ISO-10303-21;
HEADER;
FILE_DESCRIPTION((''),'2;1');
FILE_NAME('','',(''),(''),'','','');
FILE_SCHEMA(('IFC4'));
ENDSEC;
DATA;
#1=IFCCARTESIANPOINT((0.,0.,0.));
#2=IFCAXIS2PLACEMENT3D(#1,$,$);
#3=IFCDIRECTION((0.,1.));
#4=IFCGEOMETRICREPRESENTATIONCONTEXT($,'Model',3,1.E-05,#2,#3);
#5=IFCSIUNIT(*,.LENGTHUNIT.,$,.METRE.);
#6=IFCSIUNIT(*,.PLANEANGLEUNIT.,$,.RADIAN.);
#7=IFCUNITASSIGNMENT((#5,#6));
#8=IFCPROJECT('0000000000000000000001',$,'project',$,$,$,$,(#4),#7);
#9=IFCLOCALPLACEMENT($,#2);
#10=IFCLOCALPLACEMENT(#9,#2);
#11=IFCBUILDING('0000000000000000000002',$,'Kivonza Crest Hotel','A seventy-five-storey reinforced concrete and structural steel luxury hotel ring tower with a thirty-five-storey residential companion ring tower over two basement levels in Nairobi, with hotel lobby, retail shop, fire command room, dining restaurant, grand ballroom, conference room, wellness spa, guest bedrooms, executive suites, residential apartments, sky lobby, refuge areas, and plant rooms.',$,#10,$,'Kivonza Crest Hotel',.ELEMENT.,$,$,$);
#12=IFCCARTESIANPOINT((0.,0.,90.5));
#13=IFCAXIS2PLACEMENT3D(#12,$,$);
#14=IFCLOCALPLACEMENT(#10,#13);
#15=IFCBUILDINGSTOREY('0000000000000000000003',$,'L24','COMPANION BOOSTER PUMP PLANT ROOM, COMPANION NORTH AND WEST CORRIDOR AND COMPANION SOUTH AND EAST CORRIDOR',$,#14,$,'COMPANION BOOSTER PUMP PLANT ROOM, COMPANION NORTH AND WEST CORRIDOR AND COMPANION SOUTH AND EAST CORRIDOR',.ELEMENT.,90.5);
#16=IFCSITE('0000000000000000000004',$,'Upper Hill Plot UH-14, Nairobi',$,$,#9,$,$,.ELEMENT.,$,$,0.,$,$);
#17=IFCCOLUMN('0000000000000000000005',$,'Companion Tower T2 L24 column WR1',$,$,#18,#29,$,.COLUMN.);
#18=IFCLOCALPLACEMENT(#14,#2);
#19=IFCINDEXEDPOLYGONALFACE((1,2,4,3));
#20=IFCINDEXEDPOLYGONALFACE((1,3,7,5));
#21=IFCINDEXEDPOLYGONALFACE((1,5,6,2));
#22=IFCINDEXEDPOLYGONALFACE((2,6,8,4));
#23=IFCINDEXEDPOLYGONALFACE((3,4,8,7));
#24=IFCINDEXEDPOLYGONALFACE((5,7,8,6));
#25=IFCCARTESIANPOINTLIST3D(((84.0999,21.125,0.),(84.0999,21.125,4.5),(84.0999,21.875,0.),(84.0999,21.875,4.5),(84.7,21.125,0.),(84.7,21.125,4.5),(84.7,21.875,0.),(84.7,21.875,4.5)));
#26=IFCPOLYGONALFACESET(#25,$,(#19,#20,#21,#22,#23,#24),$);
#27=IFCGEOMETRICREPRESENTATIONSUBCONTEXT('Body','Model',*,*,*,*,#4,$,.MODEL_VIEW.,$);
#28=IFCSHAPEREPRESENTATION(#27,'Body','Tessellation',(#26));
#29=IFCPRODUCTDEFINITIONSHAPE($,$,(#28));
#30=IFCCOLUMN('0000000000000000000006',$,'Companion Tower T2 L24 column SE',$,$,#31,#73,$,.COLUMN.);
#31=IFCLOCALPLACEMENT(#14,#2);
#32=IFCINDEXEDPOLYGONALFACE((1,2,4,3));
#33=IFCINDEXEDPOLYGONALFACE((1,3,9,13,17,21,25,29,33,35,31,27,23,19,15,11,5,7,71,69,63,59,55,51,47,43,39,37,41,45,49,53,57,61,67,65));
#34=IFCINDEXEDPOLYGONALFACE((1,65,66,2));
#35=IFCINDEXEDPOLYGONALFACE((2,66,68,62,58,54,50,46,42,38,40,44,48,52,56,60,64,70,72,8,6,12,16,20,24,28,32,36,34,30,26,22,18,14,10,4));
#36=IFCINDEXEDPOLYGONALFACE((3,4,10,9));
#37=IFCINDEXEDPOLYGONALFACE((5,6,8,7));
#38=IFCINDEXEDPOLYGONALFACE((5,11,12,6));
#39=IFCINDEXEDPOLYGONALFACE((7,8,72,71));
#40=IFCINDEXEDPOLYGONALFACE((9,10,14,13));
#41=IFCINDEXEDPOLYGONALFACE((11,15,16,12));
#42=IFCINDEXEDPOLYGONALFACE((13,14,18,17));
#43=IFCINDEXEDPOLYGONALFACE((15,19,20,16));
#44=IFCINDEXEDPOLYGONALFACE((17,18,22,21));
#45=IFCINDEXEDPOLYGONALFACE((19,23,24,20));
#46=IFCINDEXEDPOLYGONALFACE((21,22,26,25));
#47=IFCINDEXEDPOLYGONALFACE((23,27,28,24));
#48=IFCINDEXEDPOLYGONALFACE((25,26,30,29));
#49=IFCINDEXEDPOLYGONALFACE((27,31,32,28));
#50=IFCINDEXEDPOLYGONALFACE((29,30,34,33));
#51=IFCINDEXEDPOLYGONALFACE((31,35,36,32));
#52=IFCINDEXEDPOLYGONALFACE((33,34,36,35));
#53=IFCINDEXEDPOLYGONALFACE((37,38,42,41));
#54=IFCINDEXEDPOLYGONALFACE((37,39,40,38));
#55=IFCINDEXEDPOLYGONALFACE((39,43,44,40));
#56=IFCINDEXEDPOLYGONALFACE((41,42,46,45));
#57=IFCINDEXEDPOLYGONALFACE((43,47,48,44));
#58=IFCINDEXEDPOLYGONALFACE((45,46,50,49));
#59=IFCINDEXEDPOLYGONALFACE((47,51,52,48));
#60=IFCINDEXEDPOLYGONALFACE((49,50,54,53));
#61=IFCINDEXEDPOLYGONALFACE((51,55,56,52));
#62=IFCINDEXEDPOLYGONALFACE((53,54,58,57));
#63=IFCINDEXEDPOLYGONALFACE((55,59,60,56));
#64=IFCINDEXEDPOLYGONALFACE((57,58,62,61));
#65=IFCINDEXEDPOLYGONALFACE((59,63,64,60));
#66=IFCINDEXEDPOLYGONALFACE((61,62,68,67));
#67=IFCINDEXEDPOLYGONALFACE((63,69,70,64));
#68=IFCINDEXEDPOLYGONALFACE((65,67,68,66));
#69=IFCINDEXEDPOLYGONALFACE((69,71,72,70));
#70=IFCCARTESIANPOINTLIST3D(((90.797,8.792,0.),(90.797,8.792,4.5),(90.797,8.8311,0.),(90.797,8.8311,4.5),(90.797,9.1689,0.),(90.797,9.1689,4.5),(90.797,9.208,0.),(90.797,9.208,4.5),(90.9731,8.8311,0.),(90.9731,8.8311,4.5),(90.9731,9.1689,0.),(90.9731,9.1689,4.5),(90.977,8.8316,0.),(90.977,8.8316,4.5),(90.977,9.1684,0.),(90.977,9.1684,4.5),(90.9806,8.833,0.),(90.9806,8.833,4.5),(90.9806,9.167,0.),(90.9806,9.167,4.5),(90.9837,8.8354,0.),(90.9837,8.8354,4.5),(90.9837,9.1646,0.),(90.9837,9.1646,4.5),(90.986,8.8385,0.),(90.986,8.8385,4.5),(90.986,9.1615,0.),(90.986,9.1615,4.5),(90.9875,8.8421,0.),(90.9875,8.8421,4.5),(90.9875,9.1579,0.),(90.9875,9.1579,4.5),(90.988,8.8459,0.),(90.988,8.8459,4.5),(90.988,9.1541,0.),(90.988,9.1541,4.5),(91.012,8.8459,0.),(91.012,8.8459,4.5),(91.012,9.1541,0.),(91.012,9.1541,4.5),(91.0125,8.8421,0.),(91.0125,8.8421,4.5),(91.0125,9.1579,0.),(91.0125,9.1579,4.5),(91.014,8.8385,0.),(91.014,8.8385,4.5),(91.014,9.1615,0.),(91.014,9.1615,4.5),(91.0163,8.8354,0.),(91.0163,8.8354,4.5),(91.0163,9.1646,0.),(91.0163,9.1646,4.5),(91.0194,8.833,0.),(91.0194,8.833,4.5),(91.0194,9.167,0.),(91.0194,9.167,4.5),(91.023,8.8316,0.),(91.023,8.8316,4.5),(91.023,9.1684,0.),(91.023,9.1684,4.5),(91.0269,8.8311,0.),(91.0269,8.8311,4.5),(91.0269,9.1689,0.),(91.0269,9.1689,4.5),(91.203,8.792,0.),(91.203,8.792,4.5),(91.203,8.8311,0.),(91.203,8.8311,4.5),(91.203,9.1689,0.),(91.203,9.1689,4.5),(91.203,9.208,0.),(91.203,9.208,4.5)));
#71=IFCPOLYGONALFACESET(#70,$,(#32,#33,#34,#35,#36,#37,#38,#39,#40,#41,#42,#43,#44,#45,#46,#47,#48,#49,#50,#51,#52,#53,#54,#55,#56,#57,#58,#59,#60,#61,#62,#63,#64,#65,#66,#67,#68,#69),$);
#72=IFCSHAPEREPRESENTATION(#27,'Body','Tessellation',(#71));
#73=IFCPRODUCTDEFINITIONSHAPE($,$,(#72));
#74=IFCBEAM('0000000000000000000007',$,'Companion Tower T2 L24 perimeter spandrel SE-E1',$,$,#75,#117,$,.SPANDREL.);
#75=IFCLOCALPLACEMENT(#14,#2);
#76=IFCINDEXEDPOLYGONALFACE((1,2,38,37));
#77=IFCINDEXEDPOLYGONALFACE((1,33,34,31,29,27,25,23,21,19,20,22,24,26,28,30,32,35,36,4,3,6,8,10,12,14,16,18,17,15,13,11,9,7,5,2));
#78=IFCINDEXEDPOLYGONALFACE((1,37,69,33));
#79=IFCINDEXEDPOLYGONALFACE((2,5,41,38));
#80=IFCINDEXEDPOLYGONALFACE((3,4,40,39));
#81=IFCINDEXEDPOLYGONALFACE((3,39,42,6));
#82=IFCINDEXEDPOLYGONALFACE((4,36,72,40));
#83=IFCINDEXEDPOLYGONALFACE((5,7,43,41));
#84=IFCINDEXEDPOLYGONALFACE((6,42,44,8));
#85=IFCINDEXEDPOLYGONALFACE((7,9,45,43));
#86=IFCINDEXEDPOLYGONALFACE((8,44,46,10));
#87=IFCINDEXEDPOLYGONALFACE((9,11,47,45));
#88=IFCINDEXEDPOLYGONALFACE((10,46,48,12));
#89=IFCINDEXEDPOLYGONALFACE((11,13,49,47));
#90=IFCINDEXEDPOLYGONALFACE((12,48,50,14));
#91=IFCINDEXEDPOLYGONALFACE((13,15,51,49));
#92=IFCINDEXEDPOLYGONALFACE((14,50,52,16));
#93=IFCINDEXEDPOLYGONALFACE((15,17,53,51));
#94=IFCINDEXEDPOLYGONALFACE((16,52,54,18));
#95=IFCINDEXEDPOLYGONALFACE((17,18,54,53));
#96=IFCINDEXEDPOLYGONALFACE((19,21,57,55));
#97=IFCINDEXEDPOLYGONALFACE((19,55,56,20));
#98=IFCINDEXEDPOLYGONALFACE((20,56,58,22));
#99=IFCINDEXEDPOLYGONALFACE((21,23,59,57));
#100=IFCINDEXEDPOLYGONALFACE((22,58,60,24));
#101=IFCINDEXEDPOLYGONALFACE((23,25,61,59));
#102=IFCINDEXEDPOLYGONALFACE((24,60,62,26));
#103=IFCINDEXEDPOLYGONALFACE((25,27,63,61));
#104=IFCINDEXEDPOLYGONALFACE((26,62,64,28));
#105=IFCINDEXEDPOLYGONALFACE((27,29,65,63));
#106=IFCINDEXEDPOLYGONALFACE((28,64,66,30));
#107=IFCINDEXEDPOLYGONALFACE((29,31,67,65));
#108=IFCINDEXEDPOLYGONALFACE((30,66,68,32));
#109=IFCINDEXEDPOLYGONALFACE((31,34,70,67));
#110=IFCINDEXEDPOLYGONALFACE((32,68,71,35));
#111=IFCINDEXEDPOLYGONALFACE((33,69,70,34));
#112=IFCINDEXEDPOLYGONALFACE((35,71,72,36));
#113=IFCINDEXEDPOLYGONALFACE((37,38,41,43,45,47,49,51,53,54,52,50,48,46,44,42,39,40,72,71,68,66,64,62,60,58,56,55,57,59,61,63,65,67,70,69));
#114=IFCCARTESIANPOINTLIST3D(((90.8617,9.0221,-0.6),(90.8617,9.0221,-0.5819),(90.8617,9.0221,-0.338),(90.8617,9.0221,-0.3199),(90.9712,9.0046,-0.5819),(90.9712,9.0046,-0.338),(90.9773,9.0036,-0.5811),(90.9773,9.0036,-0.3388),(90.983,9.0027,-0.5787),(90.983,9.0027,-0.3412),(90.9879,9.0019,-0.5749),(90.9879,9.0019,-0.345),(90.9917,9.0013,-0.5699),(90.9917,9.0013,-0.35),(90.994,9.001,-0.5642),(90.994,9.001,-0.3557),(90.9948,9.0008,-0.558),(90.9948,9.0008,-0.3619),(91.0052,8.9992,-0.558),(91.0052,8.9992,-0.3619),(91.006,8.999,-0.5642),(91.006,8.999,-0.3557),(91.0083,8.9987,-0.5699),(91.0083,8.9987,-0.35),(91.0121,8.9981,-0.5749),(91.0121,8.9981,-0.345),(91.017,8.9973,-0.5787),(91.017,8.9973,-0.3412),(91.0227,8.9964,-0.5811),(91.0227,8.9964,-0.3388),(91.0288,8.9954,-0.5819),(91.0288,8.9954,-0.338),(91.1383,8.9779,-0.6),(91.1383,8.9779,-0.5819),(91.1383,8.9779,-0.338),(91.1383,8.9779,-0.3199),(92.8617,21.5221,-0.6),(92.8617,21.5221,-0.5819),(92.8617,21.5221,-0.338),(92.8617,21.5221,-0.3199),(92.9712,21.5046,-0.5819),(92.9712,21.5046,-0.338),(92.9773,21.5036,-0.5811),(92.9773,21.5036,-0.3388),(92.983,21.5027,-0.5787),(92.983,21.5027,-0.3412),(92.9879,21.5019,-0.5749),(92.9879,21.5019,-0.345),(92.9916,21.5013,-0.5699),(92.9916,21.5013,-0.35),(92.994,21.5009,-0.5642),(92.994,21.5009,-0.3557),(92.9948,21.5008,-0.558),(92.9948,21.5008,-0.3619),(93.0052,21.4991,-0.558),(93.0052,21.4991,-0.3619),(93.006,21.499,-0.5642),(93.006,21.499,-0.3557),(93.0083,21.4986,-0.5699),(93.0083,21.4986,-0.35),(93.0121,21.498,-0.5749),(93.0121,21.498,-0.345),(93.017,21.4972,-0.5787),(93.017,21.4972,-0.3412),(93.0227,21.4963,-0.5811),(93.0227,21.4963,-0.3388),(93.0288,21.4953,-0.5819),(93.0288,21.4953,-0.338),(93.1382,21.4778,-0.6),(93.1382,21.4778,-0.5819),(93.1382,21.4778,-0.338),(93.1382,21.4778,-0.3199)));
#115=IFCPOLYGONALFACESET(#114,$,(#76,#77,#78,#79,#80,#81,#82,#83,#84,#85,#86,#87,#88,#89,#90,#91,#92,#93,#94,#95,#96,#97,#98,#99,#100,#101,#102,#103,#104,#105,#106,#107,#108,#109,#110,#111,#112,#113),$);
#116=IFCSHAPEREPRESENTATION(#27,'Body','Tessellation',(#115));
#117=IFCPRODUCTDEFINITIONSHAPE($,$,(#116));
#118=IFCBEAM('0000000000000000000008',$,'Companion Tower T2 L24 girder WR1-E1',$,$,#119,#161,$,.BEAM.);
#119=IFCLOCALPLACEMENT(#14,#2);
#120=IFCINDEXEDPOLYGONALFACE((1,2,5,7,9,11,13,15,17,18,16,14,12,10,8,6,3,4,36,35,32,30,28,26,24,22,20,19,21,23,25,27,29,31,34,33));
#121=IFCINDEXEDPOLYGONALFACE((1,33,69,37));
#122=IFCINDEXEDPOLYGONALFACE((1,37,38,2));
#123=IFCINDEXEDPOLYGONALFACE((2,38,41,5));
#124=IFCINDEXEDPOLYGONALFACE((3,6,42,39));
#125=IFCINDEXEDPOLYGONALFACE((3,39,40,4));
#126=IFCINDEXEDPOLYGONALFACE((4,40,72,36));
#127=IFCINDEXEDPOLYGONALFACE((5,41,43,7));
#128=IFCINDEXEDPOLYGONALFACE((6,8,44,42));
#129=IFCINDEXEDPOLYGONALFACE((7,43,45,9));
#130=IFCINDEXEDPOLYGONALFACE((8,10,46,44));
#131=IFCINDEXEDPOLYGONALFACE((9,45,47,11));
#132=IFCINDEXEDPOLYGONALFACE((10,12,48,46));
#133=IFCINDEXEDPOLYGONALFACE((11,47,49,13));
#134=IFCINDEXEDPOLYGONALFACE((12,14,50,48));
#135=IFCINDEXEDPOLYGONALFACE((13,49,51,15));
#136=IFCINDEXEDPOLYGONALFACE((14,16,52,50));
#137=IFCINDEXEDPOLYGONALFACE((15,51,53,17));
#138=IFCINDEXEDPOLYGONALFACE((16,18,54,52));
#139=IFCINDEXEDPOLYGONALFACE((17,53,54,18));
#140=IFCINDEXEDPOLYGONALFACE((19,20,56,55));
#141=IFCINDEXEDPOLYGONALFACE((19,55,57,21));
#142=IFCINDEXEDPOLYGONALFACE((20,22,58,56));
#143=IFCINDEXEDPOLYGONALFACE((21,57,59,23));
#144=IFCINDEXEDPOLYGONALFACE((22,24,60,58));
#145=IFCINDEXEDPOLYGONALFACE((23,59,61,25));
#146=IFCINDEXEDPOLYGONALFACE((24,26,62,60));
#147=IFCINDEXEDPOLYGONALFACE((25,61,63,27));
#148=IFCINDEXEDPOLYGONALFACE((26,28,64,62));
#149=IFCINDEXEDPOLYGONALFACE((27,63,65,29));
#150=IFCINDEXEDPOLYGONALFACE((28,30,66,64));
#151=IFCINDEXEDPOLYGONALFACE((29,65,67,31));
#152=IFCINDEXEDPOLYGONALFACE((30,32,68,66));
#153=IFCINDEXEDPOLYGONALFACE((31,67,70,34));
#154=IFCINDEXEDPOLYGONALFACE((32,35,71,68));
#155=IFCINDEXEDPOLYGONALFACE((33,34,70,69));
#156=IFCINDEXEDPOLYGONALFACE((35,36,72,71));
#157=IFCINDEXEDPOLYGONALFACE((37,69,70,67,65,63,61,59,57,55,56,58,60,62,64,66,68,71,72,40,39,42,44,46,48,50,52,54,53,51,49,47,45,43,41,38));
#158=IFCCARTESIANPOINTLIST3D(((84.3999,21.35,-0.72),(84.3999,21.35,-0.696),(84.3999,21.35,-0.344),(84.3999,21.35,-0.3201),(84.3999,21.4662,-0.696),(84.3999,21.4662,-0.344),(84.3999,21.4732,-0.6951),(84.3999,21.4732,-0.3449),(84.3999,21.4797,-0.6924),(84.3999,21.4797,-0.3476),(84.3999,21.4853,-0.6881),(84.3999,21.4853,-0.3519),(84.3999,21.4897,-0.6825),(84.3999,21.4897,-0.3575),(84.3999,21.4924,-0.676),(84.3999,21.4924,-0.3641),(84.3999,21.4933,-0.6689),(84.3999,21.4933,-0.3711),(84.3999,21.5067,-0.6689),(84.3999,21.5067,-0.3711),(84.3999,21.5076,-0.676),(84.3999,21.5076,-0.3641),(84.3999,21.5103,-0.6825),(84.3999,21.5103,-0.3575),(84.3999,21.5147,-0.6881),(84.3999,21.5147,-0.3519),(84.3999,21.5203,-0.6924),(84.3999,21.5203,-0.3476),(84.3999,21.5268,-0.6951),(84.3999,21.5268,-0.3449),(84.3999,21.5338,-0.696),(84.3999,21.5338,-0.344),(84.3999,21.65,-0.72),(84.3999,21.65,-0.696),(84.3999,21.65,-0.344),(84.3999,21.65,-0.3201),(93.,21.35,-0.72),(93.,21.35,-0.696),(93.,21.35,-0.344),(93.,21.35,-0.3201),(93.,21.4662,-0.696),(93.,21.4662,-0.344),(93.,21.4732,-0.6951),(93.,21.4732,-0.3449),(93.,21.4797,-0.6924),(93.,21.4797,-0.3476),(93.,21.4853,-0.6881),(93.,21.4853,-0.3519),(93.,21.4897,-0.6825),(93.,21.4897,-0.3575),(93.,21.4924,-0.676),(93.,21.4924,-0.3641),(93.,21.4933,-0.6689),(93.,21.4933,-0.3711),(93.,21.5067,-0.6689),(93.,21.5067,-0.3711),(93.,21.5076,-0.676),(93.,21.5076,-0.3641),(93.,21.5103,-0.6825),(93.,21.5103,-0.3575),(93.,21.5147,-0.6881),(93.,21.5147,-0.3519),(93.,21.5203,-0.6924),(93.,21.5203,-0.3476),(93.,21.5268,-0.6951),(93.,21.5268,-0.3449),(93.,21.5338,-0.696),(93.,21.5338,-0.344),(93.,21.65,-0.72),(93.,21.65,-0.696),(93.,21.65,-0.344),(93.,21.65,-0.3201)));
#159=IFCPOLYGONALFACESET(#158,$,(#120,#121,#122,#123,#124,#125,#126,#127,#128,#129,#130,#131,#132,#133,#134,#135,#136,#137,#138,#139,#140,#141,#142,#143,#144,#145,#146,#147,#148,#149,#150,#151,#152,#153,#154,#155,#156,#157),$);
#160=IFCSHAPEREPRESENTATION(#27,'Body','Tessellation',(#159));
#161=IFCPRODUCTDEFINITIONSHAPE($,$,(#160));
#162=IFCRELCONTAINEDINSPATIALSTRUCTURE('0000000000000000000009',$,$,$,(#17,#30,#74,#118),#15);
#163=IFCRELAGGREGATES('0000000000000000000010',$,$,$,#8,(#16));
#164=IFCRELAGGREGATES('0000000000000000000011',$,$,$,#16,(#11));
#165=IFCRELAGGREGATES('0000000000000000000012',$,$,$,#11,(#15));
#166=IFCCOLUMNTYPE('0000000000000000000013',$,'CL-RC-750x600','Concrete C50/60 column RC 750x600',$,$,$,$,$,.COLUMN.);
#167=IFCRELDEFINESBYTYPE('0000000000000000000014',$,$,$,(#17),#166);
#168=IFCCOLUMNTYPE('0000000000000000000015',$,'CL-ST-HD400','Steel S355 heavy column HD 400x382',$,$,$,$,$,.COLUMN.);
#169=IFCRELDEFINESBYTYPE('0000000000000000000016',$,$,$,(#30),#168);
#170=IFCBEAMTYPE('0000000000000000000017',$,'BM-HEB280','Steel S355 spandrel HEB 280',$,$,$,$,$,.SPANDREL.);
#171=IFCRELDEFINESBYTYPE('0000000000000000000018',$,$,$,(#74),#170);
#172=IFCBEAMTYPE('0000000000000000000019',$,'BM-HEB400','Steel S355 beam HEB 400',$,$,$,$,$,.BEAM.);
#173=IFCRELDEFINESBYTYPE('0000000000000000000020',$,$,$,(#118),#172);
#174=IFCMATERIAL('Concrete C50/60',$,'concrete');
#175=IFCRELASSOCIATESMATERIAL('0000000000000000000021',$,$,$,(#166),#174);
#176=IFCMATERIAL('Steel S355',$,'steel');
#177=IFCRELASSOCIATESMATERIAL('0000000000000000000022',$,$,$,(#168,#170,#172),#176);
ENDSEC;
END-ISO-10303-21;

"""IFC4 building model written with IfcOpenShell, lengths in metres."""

from ifc_helpers import new_model, si_unit, direction, frame, origin, origin_2d, place, context, subcontext, project, spatial, rectangle, i_section, extrude, material, material_profile, profile_set, type_object, element, save


model = new_model("IFC4")

# Units and contexts
model_context = context("Model", 3, precision=1e-05, world=origin(), true_north=direction((0.0, 1.0)))
body_context = subcontext(model_context, "Body", "Model", "MODEL_VIEW")
ifc_project = project(units=[si_unit("LENGTHUNIT", "METRE"), si_unit("PLANEANGLEUNIT", "RADIAN")], contexts=[model_context])

# Site, building, storey
site_placement = place(None, origin())
site = spatial("IfcSite", under=ifc_project, at=site_placement, Name="Upper Hill Plot UH-14, Nairobi", CompositionType="ELEMENT", RefElevation=0.0)
building_placement = place(site_placement, origin())
building = spatial("IfcBuilding", under=site, at=building_placement, Name="Kivonza Crest Hotel", Description="A seventy-five-storey reinforced concrete and structural steel luxury hotel ring tower with a thirty-five-storey residential companion ring tower over two basement levels in Nairobi, with hotel lobby, retail shop, fire command room, dining restaurant, grand ballroom, conference room, wellness spa, guest bedrooms, executive suites, residential apartments, sky lobby, refuge areas, and plant rooms.", LongName="Kivonza Crest Hotel", CompositionType="ELEMENT")
storey_placement = place(building_placement, frame((0.0, 0.0, 90.5)))
storey = spatial("IfcBuildingStorey", under=building, at=storey_placement, Name="L24", Description="COMPANION BOOSTER PUMP PLANT ROOM, COMPANION NORTH AND WEST CORRIDOR AND COMPANION SOUTH AND EAST CORRIDOR", LongName="COMPANION BOOSTER PUMP PLANT ROOM, COMPANION NORTH AND WEST CORRIDOR AND COMPANION SOUTH AND EAST CORRIDOR", CompositionType="ELEMENT", Elevation=90.5)

# Columns
ifc_material_1 = material(Name="Concrete C50/60", Category="concrete")
ifc_material_profile_1 = material_profile(ifc_material_1, rectangle(XDim=0.6001, YDim=0.75, at=origin_2d()), Name="RC 750x600")
ifc_profile_set_1 = profile_set([ifc_material_profile_1], Name="Concrete C50/60")
column_type_1 = type_object("IfcColumnType", Name="CL-RC-750x600", Description="Concrete C50/60 column RC 750x600", PredefinedType="COLUMN", material=ifc_profile_set_1)
column_1_placement = place(storey_placement, frame((84.3999, 21.5, 0.0), z_axis=(0.0, 0.0, 1.0), x_axis=(1.0, 0.0, 0.0)))
element("IfcColumn", 1, at=column_1_placement, inside=storey, type_object=column_type_1, Name="Companion Tower T2 L24 column WR1", PredefinedType="COLUMN", context=body_context, shape_type="SweptSolid", body=[
    extrude(rectangle(XDim=0.6001, YDim=0.75, at=origin_2d()), origin(), (0.0, 0.0, 1.0), 4.5),
])
ifc_material_2 = material(Name="Steel S355", Category="steel")
ifc_material_profile_2 = material_profile(ifc_material_2, i_section(OverallWidth=0.406, OverallDepth=0.416, WebThickness=0.0239, FlangeThickness=0.0391, FilletRadius=0.0149, at=origin_2d()), Name="HD 400x382")
ifc_profile_set_2 = profile_set([ifc_material_profile_2], Name="Steel S355")
column_type_2 = type_object("IfcColumnType", Name="CL-ST-HD400", Description="Steel S355 heavy column HD 400x382", PredefinedType="COLUMN", material=ifc_profile_set_2)
column_2_placement = place(storey_placement, frame((91.0, 9.0, 0.0), z_axis=(0.0, 0.0, 1.0), x_axis=(1.0, 0.0, 0.0)))
element("IfcColumn", 2, at=column_2_placement, inside=storey, type_object=column_type_2, Name="Companion Tower T2 L24 column SE", PredefinedType="COLUMN", context=body_context, shape_type="SweptSolid", body=[
    extrude(i_section(OverallWidth=0.406, OverallDepth=0.416, WebThickness=0.0239, FlangeThickness=0.0391, FilletRadius=0.0149, at=origin_2d()), origin(), (0.0, 0.0, 1.0), 4.5),
])

# Beams
ifc_material_profile_3 = material_profile(ifc_material_2, i_section(OverallWidth=0.28, OverallDepth=0.28, WebThickness=0.0105, FlangeThickness=0.0181, FilletRadius=0.0239, at=origin_2d()), Name="HEB 280")
ifc_profile_set_3 = profile_set([ifc_material_profile_3], Name="Steel S355")
beam_type_1 = type_object("IfcBeamType", Name="BM-HEB280", Description="Steel S355 spandrel HEB 280", PredefinedType="SPANDREL", material=ifc_profile_set_3)
beam_1_placement = place(storey_placement, frame((91.0, 9.0, -0.46), z_axis=(0.157991, 0.987441, 0.0), x_axis=(-0.987441, 0.157991, 0.0)))
element("IfcBeam", 3, at=beam_1_placement, inside=storey, type_object=beam_type_1, Name="Companion Tower T2 L24 perimeter spandrel SE-E1", PredefinedType="SPANDREL", context=body_context, shape_type="SweptSolid", body=[
    extrude(i_section(OverallWidth=0.28, OverallDepth=0.28, WebThickness=0.0105, FlangeThickness=0.0181, FilletRadius=0.0239, at=origin_2d()), origin(), (0.0, 0.0, 1.0), 12.6589),
])
ifc_material_profile_4 = material_profile(ifc_material_2, i_section(OverallWidth=0.3, OverallDepth=0.3999, WebThickness=0.0134, FlangeThickness=0.0239, FilletRadius=0.0271, at=origin_2d()), Name="HEB 400")
ifc_profile_set_4 = profile_set([ifc_material_profile_4], Name="Steel S355")
beam_type_2 = type_object("IfcBeamType", Name="BM-HEB400", Description="Steel S355 beam HEB 400", PredefinedType="BEAM", material=ifc_profile_set_4)
beam_2_placement = place(storey_placement, frame((84.3999, 21.5, -0.52), z_axis=(1.0, 0.0, 0.0), x_axis=(0.0, 1.0, 0.0)))
element("IfcBeam", 4, at=beam_2_placement, inside=storey, type_object=beam_type_2, Name="Companion Tower T2 L24 girder WR1-E1", PredefinedType="BEAM", context=body_context, shape_type="SweptSolid", body=[
    extrude(i_section(OverallWidth=0.3, OverallDepth=0.3999, WebThickness=0.0134, FlangeThickness=0.0239, FilletRadius=0.0271, at=origin_2d()), origin(), (0.0, 0.0, 1.0), 8.6001),
])

save(model, "model.ifc")
